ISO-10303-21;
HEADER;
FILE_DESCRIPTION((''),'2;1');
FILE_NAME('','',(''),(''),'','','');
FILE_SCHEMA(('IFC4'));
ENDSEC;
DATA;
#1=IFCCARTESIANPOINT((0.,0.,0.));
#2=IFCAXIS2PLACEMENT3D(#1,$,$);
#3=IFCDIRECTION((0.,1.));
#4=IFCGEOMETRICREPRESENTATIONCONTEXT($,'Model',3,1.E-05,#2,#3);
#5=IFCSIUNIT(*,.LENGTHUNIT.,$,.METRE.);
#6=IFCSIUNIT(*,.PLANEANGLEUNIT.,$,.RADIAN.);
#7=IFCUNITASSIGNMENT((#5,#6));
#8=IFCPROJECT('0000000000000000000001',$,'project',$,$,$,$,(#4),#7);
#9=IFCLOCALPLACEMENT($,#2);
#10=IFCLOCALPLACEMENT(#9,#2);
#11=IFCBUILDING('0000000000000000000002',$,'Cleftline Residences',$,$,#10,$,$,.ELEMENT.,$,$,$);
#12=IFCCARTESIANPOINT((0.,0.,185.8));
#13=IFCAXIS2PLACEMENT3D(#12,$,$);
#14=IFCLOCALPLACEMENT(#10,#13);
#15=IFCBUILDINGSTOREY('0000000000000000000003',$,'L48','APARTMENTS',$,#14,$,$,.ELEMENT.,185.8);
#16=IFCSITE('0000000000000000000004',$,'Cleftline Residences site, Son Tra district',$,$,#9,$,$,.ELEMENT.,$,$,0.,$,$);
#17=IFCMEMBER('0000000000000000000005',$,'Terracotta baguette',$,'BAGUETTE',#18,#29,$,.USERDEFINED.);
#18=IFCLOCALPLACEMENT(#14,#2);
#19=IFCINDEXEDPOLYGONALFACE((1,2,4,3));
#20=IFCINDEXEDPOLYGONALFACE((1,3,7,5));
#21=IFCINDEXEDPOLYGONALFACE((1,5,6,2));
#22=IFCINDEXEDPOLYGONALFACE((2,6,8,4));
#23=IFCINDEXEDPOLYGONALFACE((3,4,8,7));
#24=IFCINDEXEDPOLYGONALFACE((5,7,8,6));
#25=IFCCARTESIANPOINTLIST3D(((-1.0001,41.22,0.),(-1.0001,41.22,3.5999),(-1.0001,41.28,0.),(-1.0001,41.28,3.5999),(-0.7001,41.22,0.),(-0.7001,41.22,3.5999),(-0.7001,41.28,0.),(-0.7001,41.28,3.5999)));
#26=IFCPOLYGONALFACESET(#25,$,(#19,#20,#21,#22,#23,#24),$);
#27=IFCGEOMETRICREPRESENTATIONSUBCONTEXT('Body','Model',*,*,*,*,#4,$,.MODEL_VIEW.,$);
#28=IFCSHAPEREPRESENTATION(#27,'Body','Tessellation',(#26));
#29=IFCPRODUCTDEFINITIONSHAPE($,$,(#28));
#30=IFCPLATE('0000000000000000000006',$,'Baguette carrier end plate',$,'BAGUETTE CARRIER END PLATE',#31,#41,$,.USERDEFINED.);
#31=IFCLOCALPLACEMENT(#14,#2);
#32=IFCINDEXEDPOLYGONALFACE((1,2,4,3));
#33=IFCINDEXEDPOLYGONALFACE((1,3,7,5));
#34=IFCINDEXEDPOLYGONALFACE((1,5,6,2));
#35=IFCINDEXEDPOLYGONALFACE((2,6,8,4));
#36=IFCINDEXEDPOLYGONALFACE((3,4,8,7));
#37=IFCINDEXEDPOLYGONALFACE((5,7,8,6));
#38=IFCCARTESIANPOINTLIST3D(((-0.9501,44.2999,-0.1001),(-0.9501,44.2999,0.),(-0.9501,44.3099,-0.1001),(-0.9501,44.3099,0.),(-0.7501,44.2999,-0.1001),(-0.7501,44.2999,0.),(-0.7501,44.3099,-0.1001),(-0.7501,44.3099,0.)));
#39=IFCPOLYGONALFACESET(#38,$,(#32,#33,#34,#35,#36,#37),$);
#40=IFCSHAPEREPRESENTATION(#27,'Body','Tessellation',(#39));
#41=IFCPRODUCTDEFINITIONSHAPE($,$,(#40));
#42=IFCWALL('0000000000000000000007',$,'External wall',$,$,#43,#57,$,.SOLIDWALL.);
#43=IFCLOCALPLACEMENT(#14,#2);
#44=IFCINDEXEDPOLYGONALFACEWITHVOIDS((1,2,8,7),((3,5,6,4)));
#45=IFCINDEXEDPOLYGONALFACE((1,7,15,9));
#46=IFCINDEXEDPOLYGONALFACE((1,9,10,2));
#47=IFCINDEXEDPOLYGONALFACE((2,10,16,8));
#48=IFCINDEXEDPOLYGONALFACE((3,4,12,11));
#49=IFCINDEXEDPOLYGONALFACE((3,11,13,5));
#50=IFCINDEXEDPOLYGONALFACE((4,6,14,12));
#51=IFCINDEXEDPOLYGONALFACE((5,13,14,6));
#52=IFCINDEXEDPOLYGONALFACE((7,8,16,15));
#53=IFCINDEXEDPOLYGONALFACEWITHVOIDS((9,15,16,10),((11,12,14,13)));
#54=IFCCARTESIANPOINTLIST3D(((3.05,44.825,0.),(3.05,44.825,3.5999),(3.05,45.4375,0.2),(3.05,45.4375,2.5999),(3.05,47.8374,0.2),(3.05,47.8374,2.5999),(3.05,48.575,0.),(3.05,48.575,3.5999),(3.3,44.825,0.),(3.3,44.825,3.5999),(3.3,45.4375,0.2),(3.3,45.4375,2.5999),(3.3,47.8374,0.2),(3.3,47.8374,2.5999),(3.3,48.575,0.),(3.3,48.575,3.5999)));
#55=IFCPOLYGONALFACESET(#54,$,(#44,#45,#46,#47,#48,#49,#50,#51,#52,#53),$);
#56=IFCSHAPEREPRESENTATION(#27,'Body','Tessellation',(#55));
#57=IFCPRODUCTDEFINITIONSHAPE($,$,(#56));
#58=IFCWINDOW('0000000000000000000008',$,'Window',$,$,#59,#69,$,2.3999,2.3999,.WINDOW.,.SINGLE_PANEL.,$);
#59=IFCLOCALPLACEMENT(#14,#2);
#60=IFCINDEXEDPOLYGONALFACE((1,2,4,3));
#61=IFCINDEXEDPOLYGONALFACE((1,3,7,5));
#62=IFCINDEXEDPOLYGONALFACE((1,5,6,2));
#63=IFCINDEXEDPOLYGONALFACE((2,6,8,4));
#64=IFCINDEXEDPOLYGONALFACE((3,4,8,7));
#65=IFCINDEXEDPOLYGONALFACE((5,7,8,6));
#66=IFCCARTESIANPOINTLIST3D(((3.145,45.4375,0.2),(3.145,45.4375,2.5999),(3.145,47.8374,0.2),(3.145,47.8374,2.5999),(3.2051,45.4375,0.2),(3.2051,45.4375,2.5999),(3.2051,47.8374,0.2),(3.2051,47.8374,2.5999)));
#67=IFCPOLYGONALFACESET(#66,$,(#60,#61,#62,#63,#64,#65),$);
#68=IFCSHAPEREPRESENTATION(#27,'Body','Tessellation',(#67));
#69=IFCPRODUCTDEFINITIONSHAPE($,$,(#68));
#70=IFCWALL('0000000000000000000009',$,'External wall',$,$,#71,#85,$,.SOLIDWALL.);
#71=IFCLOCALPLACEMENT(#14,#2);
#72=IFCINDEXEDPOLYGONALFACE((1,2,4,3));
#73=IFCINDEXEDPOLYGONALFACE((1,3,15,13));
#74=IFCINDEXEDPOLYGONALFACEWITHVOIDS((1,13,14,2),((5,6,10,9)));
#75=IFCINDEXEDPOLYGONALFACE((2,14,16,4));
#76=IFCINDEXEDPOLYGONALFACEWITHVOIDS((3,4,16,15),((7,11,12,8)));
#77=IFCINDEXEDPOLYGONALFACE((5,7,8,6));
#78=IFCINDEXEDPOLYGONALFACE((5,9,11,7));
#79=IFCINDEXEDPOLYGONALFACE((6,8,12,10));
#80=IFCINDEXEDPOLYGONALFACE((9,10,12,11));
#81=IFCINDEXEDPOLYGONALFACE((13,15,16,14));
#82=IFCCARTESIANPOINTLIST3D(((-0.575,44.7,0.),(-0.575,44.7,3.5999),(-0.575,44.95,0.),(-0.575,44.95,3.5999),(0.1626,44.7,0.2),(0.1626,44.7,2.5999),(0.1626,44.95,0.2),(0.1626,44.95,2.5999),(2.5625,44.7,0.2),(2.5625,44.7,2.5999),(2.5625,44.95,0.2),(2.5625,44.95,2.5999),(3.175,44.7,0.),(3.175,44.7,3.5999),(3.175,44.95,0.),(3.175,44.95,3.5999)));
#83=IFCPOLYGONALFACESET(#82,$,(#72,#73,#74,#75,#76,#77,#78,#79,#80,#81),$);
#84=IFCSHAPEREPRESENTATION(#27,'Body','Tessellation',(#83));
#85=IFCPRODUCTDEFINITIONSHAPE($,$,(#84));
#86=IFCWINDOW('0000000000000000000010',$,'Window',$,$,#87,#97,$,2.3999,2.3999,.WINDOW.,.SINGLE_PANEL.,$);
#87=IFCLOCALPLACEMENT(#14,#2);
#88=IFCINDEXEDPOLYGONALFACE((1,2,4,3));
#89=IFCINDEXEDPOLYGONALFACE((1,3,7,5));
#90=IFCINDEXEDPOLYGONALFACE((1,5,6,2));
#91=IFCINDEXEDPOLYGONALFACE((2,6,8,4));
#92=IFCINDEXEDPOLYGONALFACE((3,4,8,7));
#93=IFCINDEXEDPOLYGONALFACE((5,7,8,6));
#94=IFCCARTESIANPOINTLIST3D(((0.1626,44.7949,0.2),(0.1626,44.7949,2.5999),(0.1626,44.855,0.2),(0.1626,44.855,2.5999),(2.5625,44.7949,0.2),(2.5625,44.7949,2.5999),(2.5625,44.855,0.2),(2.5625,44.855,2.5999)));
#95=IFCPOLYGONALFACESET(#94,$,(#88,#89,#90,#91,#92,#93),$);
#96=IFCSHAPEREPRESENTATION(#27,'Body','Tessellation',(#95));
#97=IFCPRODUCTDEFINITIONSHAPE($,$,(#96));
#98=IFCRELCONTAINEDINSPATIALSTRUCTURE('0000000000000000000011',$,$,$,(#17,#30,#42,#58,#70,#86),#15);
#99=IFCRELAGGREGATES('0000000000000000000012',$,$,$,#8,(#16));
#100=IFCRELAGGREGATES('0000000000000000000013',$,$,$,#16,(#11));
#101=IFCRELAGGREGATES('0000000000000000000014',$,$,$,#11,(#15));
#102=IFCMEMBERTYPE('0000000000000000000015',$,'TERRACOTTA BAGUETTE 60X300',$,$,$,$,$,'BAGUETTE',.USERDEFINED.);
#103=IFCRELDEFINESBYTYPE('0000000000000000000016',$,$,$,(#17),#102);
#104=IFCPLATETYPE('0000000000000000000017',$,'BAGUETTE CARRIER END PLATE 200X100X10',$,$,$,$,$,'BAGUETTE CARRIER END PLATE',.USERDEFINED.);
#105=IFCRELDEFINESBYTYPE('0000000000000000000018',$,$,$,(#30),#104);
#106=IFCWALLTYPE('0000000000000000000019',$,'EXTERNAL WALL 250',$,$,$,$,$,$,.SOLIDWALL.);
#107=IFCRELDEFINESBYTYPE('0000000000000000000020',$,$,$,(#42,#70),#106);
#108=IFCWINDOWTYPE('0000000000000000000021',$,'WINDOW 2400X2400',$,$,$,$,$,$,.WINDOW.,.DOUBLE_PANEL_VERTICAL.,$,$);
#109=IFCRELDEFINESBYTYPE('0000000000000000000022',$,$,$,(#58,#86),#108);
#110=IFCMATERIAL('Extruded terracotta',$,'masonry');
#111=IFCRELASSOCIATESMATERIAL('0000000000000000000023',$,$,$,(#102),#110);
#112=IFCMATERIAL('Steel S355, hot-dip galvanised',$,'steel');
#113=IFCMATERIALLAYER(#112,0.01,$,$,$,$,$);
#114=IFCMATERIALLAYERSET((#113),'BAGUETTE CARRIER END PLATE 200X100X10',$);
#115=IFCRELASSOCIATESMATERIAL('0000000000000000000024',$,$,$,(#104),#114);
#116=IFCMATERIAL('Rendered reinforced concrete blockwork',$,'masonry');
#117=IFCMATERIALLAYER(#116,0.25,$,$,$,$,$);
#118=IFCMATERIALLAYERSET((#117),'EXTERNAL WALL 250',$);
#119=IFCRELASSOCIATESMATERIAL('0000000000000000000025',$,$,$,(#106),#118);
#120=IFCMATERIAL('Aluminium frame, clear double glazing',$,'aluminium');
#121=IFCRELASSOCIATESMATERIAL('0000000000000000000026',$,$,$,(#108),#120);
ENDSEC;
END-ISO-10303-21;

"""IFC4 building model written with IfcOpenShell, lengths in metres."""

from ifc_helpers import new_model, si_unit, direction, frame, frame_2d, origin, origin_2d, place, context, subcontext, project, spatial, rectangle, extrude, material, layer, layer_set, material_profile, profile_set, type_object, element, fill, save


model = new_model("IFC4")

# Units and contexts
model_context = context("Model", 3, precision=1e-05, world=origin(), true_north=direction((0.0, 1.0)))
body_context = subcontext(model_context, "Body", "Model", "MODEL_VIEW")
ifc_project = project(units=[si_unit("LENGTHUNIT", "METRE"), si_unit("PLANEANGLEUNIT", "RADIAN")], contexts=[model_context])

# Site, building, storey
site_placement = place(None, origin())
site = spatial("IfcSite", under=ifc_project, at=site_placement, Name="Cleftline Residences site, Son Tra district", CompositionType="ELEMENT", RefElevation=0.0)
building_placement = place(site_placement, origin())
building = spatial("IfcBuilding", under=site, at=building_placement, Name="Cleftline Residences", CompositionType="ELEMENT")
storey_placement = place(building_placement, frame((0.0, 0.0, 185.8)))
storey = spatial("IfcBuildingStorey", under=building, at=storey_placement, Name="L48", Description="APARTMENTS", CompositionType="ELEMENT", Elevation=185.8)

# Member
ifc_material_1 = material(Name="Extruded terracotta", Category="masonry")
ifc_material_profile_1 = material_profile(ifc_material_1, rectangle(XDim=0.0601, YDim=0.3, at=origin_2d()))
ifc_profile_set_1 = profile_set([ifc_material_profile_1], Name="Extruded terracotta")
member_type_1 = type_object("IfcMemberType", Name="TERRACOTTA BAGUETTE 60X300", ElementType="BAGUETTE", PredefinedType="USERDEFINED", material=ifc_profile_set_1)
for number, where, z_axis, x_axis, name in (
    (1, (-0.8501, 41.25, 0.0), (0.0, 0.0, 1.0), (0.0, 1.0, 0.0), "Terracotta baguette"),
):
    element("IfcMember", number, at=place(storey_placement, frame(where, z_axis=z_axis, x_axis=x_axis)), inside=storey, type_object=member_type_1, Name=name, ObjectType="BAGUETTE", PredefinedType="USERDEFINED", context=body_context, shape_type="SweptSolid", body=[
        extrude(rectangle(XDim=0.0601, YDim=0.3, at=origin_2d()), origin(), (0.0, 0.0, 1.0), 3.5999),
    ])

# Plate
ifc_material_2 = material(Name="Steel S355, hot-dip galvanised", Category="steel")
ifc_layer_1 = layer(ifc_material_2, 0.01)
ifc_layer_set_1 = layer_set([ifc_layer_1], Name="BAGUETTE CARRIER END PLATE 200X100X10")
plate_type = type_object("IfcPlateType", Name="BAGUETTE CARRIER END PLATE 200X100X10", ElementType="BAGUETTE CARRIER END PLATE", PredefinedType="USERDEFINED", material=ifc_layer_set_1)
plate_placement = place(storey_placement, frame((-0.8501, 44.3049, -0.1001), z_axis=(0.0, 0.0, 1.0), x_axis=(-1.0, 0.0, 0.0)))
element("IfcPlate", 2, at=plate_placement, inside=storey, type_object=plate_type, Name="Baguette carrier end plate", ObjectType="BAGUETTE CARRIER END PLATE", PredefinedType="USERDEFINED", context=body_context, shape_type="SweptSolid", body=[
    extrude(rectangle(XDim=0.2, YDim=0.01, at=origin_2d()), origin(), (0.0, 0.0, 1.0), 0.1001),
])

# Walls, openings, windows
ifc_material_3 = material(Name="Rendered reinforced concrete blockwork", Category="masonry")
ifc_layer_2 = layer(ifc_material_3, 0.25)
ifc_layer_set_2 = layer_set([ifc_layer_2], Name="EXTERNAL WALL 250")
wall_type_1 = type_object("IfcWallType", Name="EXTERNAL WALL 250", PredefinedType="SOLIDWALL", material=ifc_layer_set_2)
wall_1_placement = place(storey_placement, frame((3.175, 48.575, 0.0), z_axis=(0.0, 0.0, 1.0), x_axis=(0.0, -1.0, 0.0)))
wall_1 = element("IfcWall", 3, at=wall_1_placement, inside=storey, type_object=wall_type_1, Name="External wall", PredefinedType="SOLIDWALL", context=body_context, shape_type="SweptSolid", body=[
    extrude(rectangle(XDim=3.75, YDim=0.25, at=frame_2d((1.875, 0.0))), origin(), (0.0, 0.0, 1.0), 3.5999),
])
opening_1_placement = place(wall_1_placement, frame((0.7375, 0.0, 0.2)))
opening_1 = element("IfcOpeningElement", 4, at=opening_1_placement, cuts=wall_1, PredefinedType="OPENING", context=body_context, shape_type="SweptSolid", body=[
    extrude(rectangle(XDim=2.3999, YDim=2.3999, at=frame_2d((1.2, 1.2))), frame((0.0, 0.135, 0.0), z_axis=(0.0, -1.0, 0.0), x_axis=(1.0, 0.0, 0.0)), (0.0, 0.0, 1.0), 0.27),
])
ifc_material_4 = material(Name="Aluminium frame, clear double glazing", Category="aluminium")
window_type_1 = type_object("IfcWindowType", Name="WINDOW 2400X2400", PartitioningType="DOUBLE_PANEL_VERTICAL", PredefinedType="WINDOW", material=ifc_material_4)
window_1_placement = place(opening_1_placement, origin())
window_1 = element("IfcWindow", 5, at=window_1_placement, inside=storey, type_object=window_type_1, Name="Window", OverallHeight=2.3999, OverallWidth=2.3999, PartitioningType="SINGLE_PANEL", PredefinedType="WINDOW", context=body_context, shape_type="SweptSolid", body=[
    extrude(rectangle(XDim=2.3999, YDim=2.3999, at=frame_2d((1.2, 1.2))), frame((0.0, 0.03, 0.0), z_axis=(0.0, -1.0, 0.0), x_axis=(1.0, 0.0, 0.0)), (0.0, 0.0, 1.0), 0.0601),
])
fill(opening_1, window_1)
wall_2_placement = place(storey_placement, frame((3.175, 44.825, 0.0), z_axis=(0.0, 0.0, 1.0), x_axis=(-1.0, 0.0, 0.0)))
wall_2 = element("IfcWall", 6, at=wall_2_placement, inside=storey, type_object=wall_type_1, Name="External wall", PredefinedType="SOLIDWALL", context=body_context, shape_type="SweptSolid", body=[
    extrude(rectangle(XDim=3.75, YDim=0.25, at=frame_2d((1.875, 0.0))), origin(), (0.0, 0.0, 1.0), 3.5999),
])
opening_2_placement = place(wall_2_placement, frame((0.6125, 0.0, 0.2)))
opening_2 = element("IfcOpeningElement", 7, at=opening_2_placement, cuts=wall_2, PredefinedType="OPENING", context=body_context, shape_type="SweptSolid", body=[
    extrude(rectangle(XDim=2.3999, YDim=2.3999, at=frame_2d((1.2, 1.2))), frame((0.0, 0.135, 0.0), z_axis=(0.0, -1.0, 0.0), x_axis=(1.0, 0.0, 0.0)), (0.0, 0.0, 1.0), 0.27),
])
window_2_placement = place(opening_2_placement, origin())
window_2 = element("IfcWindow", 8, at=window_2_placement, inside=storey, type_object=window_type_1, Name="Window", OverallHeight=2.3999, OverallWidth=2.3999, PartitioningType="SINGLE_PANEL", PredefinedType="WINDOW", context=body_context, shape_type="SweptSolid", body=[
    extrude(rectangle(XDim=2.3999, YDim=2.3999, at=frame_2d((1.2, 1.2))), frame((0.0, 0.03, 0.0), z_axis=(0.0, -1.0, 0.0), x_axis=(1.0, 0.0, 0.0)), (0.0, 0.0, 1.0), 0.0601),
])
fill(opening_2, window_2)

save(model, "model.ifc")
